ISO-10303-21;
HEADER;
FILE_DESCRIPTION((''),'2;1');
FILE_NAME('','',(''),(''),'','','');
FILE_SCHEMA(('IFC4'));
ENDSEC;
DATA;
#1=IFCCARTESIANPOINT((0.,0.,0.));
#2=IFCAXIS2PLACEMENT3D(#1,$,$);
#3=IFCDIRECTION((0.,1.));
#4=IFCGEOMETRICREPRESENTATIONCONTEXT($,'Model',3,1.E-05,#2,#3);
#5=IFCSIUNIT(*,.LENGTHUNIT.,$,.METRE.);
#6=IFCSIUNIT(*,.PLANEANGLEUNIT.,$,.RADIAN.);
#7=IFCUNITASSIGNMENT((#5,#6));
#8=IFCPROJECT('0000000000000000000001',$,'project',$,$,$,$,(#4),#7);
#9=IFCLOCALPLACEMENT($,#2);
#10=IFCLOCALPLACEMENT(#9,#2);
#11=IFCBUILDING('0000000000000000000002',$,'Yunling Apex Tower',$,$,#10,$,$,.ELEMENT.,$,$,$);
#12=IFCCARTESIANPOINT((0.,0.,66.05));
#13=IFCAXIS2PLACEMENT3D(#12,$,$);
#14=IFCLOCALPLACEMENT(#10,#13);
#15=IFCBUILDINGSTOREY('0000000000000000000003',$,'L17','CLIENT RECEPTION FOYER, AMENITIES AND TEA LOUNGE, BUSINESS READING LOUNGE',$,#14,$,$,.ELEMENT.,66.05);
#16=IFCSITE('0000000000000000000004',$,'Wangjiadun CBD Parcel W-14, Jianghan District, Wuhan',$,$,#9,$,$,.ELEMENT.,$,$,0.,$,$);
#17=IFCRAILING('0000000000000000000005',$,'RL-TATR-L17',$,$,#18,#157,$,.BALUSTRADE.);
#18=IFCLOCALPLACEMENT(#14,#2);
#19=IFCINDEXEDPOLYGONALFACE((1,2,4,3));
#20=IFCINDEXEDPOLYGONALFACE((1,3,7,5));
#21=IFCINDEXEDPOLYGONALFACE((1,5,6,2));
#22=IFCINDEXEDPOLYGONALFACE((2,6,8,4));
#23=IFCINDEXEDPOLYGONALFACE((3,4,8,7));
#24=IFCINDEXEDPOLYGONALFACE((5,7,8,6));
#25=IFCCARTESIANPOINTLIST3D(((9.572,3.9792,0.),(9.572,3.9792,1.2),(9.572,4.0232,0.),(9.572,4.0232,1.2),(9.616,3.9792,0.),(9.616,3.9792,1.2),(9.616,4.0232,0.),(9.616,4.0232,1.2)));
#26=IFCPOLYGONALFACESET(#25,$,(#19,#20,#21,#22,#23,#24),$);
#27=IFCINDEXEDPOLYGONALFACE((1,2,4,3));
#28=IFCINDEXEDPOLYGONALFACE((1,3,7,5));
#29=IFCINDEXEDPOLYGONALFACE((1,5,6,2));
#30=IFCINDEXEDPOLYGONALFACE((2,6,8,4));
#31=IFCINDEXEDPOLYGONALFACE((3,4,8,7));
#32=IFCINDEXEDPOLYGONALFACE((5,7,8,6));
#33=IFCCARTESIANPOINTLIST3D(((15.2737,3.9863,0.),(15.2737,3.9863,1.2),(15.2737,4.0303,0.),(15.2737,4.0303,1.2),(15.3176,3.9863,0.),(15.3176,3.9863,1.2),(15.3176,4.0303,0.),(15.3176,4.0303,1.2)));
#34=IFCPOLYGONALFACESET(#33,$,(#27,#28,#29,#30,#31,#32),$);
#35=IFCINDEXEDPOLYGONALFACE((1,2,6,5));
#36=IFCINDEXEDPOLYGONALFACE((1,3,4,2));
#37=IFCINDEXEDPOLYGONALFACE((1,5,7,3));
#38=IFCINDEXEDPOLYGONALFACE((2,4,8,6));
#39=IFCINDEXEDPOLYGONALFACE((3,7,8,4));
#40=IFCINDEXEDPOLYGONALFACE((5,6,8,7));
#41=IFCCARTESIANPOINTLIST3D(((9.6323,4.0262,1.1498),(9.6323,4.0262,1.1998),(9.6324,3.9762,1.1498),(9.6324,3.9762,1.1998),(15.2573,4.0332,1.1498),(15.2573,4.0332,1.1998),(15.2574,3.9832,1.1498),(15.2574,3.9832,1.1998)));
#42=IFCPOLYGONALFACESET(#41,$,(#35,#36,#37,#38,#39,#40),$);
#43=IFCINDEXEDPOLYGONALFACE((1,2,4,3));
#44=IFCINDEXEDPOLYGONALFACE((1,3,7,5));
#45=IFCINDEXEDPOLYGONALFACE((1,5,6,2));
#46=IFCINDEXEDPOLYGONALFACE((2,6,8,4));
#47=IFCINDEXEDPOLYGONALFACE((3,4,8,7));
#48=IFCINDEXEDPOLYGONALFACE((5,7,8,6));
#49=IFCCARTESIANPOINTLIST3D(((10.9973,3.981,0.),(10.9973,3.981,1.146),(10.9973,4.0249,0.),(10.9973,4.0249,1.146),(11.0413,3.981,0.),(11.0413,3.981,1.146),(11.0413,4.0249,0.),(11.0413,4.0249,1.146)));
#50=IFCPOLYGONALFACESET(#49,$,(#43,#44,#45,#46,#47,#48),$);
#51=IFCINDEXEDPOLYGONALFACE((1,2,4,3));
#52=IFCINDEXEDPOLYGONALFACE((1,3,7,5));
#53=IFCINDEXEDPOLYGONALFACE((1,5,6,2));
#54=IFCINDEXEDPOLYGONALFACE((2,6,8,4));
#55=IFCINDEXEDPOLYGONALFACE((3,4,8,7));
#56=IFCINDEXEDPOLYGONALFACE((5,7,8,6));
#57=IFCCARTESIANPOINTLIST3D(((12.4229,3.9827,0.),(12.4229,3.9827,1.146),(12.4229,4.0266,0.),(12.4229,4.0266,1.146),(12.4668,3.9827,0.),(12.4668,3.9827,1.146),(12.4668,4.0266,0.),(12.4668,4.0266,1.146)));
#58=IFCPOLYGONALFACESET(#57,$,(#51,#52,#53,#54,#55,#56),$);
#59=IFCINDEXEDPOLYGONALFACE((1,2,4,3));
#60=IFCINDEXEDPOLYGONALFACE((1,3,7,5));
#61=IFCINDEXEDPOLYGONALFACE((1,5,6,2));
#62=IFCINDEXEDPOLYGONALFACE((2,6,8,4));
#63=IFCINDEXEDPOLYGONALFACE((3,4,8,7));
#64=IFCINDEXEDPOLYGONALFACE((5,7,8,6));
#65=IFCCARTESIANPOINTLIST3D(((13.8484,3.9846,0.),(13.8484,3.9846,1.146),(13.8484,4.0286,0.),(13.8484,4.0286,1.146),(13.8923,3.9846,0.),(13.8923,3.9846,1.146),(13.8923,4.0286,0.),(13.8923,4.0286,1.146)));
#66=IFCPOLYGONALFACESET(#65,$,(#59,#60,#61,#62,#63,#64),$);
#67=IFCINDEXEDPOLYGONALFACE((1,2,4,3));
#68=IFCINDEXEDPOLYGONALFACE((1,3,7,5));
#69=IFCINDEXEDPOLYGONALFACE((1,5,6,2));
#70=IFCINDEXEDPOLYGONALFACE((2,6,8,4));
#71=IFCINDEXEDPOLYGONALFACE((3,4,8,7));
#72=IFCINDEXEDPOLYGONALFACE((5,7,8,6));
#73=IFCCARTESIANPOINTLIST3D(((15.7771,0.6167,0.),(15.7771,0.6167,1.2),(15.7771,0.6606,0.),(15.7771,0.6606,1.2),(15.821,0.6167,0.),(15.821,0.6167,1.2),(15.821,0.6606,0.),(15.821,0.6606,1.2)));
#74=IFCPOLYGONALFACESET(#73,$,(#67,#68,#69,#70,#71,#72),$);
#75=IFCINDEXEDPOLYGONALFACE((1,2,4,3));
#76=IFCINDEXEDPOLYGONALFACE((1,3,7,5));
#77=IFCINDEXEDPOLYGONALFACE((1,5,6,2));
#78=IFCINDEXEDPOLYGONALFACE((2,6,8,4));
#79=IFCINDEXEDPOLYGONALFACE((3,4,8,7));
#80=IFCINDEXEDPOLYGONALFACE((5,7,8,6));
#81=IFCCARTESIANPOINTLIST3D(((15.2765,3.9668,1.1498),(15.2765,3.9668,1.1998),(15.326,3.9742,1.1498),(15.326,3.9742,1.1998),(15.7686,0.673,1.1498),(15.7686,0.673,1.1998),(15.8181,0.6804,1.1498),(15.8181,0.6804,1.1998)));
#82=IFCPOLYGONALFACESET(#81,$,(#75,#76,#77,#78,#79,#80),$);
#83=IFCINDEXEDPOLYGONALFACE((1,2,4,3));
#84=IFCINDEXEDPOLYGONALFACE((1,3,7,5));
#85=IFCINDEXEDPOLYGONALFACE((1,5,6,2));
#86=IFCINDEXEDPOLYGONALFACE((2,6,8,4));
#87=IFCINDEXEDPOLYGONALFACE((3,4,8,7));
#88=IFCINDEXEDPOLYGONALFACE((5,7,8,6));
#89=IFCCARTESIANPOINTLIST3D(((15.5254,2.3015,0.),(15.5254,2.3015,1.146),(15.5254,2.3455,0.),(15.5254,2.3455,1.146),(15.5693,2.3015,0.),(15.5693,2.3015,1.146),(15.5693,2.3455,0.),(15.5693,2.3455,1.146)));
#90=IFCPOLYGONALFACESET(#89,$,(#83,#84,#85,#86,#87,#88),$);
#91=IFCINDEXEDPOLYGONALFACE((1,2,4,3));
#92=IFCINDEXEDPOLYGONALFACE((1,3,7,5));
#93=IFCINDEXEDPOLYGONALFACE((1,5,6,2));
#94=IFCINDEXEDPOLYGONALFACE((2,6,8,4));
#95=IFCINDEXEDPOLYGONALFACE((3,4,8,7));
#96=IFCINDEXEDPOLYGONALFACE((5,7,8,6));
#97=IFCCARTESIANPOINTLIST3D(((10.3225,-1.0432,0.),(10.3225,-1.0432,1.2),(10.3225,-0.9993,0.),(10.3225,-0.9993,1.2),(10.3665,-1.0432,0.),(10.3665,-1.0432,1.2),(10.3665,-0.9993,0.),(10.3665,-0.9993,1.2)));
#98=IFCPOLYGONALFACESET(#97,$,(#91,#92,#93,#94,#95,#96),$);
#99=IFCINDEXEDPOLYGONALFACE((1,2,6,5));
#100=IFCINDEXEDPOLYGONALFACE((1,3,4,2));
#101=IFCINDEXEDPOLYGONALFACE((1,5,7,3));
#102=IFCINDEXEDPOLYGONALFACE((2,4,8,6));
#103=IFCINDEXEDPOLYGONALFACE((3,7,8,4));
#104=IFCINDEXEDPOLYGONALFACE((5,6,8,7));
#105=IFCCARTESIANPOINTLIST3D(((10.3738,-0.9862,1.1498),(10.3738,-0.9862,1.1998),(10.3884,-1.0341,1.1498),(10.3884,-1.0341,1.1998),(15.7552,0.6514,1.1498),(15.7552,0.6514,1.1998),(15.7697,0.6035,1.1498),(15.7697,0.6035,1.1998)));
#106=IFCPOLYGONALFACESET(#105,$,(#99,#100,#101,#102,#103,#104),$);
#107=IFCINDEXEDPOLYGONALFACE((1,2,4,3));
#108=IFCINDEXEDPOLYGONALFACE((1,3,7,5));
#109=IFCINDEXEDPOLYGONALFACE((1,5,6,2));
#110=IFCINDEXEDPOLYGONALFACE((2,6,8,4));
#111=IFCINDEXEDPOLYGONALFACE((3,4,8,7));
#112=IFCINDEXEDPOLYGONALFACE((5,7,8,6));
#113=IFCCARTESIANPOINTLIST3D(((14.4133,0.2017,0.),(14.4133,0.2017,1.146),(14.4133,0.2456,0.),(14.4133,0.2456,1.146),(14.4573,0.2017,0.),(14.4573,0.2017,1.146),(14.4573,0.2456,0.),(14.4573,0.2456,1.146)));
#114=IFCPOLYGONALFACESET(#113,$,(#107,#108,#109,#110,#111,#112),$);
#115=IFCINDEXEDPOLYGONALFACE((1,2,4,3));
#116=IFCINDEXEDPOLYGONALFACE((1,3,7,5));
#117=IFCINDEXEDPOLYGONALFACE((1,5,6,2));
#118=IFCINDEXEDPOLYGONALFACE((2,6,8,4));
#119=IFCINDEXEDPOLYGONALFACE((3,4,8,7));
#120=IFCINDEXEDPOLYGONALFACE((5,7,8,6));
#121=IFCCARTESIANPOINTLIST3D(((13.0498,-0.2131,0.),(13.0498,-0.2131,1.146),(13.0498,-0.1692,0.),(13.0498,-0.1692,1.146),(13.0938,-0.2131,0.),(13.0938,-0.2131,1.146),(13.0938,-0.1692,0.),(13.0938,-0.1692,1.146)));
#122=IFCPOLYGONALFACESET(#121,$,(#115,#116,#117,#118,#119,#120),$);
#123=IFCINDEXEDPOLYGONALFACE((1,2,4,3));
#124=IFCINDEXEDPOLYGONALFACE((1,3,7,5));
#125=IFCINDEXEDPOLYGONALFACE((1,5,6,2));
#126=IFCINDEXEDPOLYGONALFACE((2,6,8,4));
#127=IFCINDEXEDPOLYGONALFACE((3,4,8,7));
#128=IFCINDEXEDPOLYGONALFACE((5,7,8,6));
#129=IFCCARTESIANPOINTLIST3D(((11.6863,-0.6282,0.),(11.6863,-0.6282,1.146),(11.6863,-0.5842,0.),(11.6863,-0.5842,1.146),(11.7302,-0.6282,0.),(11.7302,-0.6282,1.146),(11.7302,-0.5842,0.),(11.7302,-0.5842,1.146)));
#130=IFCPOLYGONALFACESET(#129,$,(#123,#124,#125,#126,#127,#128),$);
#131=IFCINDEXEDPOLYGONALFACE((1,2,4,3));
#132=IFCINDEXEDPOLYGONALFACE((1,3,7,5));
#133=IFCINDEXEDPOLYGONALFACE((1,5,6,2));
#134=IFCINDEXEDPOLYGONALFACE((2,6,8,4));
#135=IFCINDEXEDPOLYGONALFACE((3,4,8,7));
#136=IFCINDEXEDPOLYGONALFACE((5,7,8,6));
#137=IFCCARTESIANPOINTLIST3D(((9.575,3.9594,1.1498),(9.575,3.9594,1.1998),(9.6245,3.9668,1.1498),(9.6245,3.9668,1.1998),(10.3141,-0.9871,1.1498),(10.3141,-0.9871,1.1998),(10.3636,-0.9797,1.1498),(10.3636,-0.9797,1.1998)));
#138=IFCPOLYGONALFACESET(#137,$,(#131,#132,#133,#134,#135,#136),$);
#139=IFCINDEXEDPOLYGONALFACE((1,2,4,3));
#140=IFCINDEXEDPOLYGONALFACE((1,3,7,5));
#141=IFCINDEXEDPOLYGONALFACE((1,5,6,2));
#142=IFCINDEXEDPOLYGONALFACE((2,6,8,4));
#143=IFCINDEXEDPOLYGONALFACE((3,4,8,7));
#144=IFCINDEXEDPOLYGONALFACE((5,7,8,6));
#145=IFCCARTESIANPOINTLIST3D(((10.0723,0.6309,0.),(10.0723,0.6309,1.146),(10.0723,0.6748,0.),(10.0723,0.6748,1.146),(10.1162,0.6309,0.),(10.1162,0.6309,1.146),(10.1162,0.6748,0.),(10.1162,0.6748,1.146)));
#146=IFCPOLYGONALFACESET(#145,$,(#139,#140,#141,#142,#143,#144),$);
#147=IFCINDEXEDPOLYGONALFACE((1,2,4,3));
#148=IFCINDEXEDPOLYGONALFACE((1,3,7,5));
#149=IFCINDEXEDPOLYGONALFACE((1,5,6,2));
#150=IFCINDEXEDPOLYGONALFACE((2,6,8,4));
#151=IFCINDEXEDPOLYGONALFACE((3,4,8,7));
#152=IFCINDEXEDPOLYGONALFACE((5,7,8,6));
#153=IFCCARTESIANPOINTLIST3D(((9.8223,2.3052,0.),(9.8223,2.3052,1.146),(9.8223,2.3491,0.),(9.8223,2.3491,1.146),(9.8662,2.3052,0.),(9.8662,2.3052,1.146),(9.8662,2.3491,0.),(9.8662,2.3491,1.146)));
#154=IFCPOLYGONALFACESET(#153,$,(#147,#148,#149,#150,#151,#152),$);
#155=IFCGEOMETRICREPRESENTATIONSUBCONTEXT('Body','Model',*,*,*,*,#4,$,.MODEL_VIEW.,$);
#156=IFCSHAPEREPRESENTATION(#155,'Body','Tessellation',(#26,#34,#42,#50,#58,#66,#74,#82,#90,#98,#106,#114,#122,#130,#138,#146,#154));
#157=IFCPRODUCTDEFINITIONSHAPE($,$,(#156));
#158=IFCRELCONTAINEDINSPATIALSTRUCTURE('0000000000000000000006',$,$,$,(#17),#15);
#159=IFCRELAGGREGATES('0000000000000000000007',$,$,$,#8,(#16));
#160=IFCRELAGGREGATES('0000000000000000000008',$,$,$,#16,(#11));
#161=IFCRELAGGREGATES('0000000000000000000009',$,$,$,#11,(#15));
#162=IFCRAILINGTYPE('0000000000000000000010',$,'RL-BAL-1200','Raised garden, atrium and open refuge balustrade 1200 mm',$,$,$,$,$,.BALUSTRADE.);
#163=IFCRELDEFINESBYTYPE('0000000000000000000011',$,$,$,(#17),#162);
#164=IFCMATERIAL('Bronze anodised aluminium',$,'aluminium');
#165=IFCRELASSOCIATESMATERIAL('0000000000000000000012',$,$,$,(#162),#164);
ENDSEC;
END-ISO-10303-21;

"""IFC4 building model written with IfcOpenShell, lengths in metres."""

from ifc_helpers import new_model, si_unit, direction, frame, origin, origin_2d, place, context, subcontext, project, spatial, rectangle, extrude, material, type_object, element, save


model = new_model("IFC4")

# Units and contexts
model_context = context("Model", 3, precision=1e-05, world=origin(), true_north=direction((0.0, 1.0)))
body_context = subcontext(model_context, "Body", "Model", "MODEL_VIEW")
ifc_project = project(units=[si_unit("LENGTHUNIT", "METRE"), si_unit("PLANEANGLEUNIT", "RADIAN")], contexts=[model_context])

# Site, building, storey
site_placement = place(None, origin())
site = spatial("IfcSite", under=ifc_project, at=site_placement, Name="Wangjiadun CBD Parcel W-14, Jianghan District, Wuhan", CompositionType="ELEMENT", RefElevation=0.0)
building_placement = place(site_placement, origin())
building = spatial("IfcBuilding", under=site, at=building_placement, Name="Yunling Apex Tower", CompositionType="ELEMENT")
storey_placement = place(building_placement, frame((0.0, 0.0, 66.05)))
storey = spatial("IfcBuildingStorey", under=building, at=storey_placement, Name="L17", Description="CLIENT RECEPTION FOYER, AMENITIES AND TEA LOUNGE, BUSINESS READING LOUNGE", CompositionType="ELEMENT", Elevation=66.05)

# Shared definitions
ifc_material_1 = material(Name="Bronze anodised aluminium", Category="aluminium")

# Railing
railing_type = type_object("IfcRailingType", Name="RL-BAL-1200", Description="Raised garden, atrium and open refuge balustrade 1200 mm", PredefinedType="BALUSTRADE", material=ifc_material_1)
railing_placement = place(storey_placement, frame((9.594, 4.0012, 0.0)))
element("IfcRailing", 1, at=railing_placement, inside=storey, type_object=railing_type, Name="RL-TATR-L17", PredefinedType="BALUSTRADE", context=body_context, shape_type="SweptSolid", body=[
    extrude(rectangle(XDim=0.0439, YDim=0.0439, at=origin_2d()), origin(), (0.0, 0.0, 1.0), 1.2),
    extrude(rectangle(XDim=0.0439, YDim=0.0439, at=origin_2d()), frame((5.7017, 0.0071, 0.0)), (0.0, 0.0, 1.0), 1.2),
    extrude(rectangle(XDim=0.05, YDim=0.05, at=origin_2d()), frame((0.0383, 0.0, 1.1748), z_axis=(0.999999, 0.001242, 0.0), x_axis=(-0.001242, 0.999999, 0.0)), (0.0, 0.0, 1.0), 5.625),
    extrude(rectangle(XDim=0.0439, YDim=0.0439, at=origin_2d()), frame((1.4253, 0.0017, 0.0)), (0.0, 0.0, 1.0), 1.146),
    extrude(rectangle(XDim=0.0439, YDim=0.0439, at=origin_2d()), frame((2.8508, 0.0034, 0.0)), (0.0, 0.0, 1.0), 1.146),
    extrude(rectangle(XDim=0.0439, YDim=0.0439, at=origin_2d()), frame((4.2764, 0.0054, 0.0)), (0.0, 0.0, 1.0), 1.146),
    extrude(rectangle(XDim=0.0439, YDim=0.0439, at=origin_2d()), frame((6.2051, -3.3625, 0.0)), (0.0, 0.0, 1.0), 1.2),
    extrude(rectangle(XDim=0.05, YDim=0.05, at=origin_2d()), frame((5.7073, -0.0308, 1.1748), z_axis=(0.147759, -0.989023, 0.0), x_axis=(0.989023, 0.147759, 0.0)), (0.0, 0.0, 1.0), 3.3303),
    extrude(rectangle(XDim=0.0439, YDim=0.0439, at=origin_2d()), frame((5.9534, -1.6777, 0.0)), (0.0, 0.0, 1.0), 1.146),
    extrude(rectangle(XDim=0.0439, YDim=0.0439, at=origin_2d()), frame((0.7505, -5.0225, 0.0)), (0.0, 0.0, 1.0), 1.2),
    extrude(rectangle(XDim=0.05, YDim=0.05, at=origin_2d()), frame((6.1685, -3.3738, 1.1748), z_axis=(-0.956683, -0.291133, 0.0), x_axis=(0.291133, -0.956683, 0.0)), (0.0, 0.0, 1.0), 5.625),
    extrude(rectangle(XDim=0.0439, YDim=0.0439, at=origin_2d()), frame((4.8413, -3.7776, 0.0)), (0.0, 0.0, 1.0), 1.146),
    extrude(rectangle(XDim=0.0439, YDim=0.0439, at=origin_2d()), frame((3.4778, -4.1924, 0.0)), (0.0, 0.0, 1.0), 1.146),
    extrude(rectangle(XDim=0.0439, YDim=0.0439, at=origin_2d()), frame((2.1143, -4.6074, 0.0)), (0.0, 0.0, 1.0), 1.146),
    extrude(rectangle(XDim=0.05, YDim=0.05, at=origin_2d()), frame((0.7449, -4.9846, 1.1748), z_axis=(-0.147786, 0.989019, 0.0), x_axis=(-0.989019, -0.147786, 0.0)), (0.0, 0.0, 1.0), 5.0015),
    extrude(rectangle(XDim=0.0439, YDim=0.0439, at=origin_2d()), frame((0.5002, -3.3484, 0.0)), (0.0, 0.0, 1.0), 1.146),
    extrude(rectangle(XDim=0.0439, YDim=0.0439, at=origin_2d()), frame((0.2502, -1.6741, 0.0)), (0.0, 0.0, 1.0), 1.146),
])

save(model, "model.ifc")
